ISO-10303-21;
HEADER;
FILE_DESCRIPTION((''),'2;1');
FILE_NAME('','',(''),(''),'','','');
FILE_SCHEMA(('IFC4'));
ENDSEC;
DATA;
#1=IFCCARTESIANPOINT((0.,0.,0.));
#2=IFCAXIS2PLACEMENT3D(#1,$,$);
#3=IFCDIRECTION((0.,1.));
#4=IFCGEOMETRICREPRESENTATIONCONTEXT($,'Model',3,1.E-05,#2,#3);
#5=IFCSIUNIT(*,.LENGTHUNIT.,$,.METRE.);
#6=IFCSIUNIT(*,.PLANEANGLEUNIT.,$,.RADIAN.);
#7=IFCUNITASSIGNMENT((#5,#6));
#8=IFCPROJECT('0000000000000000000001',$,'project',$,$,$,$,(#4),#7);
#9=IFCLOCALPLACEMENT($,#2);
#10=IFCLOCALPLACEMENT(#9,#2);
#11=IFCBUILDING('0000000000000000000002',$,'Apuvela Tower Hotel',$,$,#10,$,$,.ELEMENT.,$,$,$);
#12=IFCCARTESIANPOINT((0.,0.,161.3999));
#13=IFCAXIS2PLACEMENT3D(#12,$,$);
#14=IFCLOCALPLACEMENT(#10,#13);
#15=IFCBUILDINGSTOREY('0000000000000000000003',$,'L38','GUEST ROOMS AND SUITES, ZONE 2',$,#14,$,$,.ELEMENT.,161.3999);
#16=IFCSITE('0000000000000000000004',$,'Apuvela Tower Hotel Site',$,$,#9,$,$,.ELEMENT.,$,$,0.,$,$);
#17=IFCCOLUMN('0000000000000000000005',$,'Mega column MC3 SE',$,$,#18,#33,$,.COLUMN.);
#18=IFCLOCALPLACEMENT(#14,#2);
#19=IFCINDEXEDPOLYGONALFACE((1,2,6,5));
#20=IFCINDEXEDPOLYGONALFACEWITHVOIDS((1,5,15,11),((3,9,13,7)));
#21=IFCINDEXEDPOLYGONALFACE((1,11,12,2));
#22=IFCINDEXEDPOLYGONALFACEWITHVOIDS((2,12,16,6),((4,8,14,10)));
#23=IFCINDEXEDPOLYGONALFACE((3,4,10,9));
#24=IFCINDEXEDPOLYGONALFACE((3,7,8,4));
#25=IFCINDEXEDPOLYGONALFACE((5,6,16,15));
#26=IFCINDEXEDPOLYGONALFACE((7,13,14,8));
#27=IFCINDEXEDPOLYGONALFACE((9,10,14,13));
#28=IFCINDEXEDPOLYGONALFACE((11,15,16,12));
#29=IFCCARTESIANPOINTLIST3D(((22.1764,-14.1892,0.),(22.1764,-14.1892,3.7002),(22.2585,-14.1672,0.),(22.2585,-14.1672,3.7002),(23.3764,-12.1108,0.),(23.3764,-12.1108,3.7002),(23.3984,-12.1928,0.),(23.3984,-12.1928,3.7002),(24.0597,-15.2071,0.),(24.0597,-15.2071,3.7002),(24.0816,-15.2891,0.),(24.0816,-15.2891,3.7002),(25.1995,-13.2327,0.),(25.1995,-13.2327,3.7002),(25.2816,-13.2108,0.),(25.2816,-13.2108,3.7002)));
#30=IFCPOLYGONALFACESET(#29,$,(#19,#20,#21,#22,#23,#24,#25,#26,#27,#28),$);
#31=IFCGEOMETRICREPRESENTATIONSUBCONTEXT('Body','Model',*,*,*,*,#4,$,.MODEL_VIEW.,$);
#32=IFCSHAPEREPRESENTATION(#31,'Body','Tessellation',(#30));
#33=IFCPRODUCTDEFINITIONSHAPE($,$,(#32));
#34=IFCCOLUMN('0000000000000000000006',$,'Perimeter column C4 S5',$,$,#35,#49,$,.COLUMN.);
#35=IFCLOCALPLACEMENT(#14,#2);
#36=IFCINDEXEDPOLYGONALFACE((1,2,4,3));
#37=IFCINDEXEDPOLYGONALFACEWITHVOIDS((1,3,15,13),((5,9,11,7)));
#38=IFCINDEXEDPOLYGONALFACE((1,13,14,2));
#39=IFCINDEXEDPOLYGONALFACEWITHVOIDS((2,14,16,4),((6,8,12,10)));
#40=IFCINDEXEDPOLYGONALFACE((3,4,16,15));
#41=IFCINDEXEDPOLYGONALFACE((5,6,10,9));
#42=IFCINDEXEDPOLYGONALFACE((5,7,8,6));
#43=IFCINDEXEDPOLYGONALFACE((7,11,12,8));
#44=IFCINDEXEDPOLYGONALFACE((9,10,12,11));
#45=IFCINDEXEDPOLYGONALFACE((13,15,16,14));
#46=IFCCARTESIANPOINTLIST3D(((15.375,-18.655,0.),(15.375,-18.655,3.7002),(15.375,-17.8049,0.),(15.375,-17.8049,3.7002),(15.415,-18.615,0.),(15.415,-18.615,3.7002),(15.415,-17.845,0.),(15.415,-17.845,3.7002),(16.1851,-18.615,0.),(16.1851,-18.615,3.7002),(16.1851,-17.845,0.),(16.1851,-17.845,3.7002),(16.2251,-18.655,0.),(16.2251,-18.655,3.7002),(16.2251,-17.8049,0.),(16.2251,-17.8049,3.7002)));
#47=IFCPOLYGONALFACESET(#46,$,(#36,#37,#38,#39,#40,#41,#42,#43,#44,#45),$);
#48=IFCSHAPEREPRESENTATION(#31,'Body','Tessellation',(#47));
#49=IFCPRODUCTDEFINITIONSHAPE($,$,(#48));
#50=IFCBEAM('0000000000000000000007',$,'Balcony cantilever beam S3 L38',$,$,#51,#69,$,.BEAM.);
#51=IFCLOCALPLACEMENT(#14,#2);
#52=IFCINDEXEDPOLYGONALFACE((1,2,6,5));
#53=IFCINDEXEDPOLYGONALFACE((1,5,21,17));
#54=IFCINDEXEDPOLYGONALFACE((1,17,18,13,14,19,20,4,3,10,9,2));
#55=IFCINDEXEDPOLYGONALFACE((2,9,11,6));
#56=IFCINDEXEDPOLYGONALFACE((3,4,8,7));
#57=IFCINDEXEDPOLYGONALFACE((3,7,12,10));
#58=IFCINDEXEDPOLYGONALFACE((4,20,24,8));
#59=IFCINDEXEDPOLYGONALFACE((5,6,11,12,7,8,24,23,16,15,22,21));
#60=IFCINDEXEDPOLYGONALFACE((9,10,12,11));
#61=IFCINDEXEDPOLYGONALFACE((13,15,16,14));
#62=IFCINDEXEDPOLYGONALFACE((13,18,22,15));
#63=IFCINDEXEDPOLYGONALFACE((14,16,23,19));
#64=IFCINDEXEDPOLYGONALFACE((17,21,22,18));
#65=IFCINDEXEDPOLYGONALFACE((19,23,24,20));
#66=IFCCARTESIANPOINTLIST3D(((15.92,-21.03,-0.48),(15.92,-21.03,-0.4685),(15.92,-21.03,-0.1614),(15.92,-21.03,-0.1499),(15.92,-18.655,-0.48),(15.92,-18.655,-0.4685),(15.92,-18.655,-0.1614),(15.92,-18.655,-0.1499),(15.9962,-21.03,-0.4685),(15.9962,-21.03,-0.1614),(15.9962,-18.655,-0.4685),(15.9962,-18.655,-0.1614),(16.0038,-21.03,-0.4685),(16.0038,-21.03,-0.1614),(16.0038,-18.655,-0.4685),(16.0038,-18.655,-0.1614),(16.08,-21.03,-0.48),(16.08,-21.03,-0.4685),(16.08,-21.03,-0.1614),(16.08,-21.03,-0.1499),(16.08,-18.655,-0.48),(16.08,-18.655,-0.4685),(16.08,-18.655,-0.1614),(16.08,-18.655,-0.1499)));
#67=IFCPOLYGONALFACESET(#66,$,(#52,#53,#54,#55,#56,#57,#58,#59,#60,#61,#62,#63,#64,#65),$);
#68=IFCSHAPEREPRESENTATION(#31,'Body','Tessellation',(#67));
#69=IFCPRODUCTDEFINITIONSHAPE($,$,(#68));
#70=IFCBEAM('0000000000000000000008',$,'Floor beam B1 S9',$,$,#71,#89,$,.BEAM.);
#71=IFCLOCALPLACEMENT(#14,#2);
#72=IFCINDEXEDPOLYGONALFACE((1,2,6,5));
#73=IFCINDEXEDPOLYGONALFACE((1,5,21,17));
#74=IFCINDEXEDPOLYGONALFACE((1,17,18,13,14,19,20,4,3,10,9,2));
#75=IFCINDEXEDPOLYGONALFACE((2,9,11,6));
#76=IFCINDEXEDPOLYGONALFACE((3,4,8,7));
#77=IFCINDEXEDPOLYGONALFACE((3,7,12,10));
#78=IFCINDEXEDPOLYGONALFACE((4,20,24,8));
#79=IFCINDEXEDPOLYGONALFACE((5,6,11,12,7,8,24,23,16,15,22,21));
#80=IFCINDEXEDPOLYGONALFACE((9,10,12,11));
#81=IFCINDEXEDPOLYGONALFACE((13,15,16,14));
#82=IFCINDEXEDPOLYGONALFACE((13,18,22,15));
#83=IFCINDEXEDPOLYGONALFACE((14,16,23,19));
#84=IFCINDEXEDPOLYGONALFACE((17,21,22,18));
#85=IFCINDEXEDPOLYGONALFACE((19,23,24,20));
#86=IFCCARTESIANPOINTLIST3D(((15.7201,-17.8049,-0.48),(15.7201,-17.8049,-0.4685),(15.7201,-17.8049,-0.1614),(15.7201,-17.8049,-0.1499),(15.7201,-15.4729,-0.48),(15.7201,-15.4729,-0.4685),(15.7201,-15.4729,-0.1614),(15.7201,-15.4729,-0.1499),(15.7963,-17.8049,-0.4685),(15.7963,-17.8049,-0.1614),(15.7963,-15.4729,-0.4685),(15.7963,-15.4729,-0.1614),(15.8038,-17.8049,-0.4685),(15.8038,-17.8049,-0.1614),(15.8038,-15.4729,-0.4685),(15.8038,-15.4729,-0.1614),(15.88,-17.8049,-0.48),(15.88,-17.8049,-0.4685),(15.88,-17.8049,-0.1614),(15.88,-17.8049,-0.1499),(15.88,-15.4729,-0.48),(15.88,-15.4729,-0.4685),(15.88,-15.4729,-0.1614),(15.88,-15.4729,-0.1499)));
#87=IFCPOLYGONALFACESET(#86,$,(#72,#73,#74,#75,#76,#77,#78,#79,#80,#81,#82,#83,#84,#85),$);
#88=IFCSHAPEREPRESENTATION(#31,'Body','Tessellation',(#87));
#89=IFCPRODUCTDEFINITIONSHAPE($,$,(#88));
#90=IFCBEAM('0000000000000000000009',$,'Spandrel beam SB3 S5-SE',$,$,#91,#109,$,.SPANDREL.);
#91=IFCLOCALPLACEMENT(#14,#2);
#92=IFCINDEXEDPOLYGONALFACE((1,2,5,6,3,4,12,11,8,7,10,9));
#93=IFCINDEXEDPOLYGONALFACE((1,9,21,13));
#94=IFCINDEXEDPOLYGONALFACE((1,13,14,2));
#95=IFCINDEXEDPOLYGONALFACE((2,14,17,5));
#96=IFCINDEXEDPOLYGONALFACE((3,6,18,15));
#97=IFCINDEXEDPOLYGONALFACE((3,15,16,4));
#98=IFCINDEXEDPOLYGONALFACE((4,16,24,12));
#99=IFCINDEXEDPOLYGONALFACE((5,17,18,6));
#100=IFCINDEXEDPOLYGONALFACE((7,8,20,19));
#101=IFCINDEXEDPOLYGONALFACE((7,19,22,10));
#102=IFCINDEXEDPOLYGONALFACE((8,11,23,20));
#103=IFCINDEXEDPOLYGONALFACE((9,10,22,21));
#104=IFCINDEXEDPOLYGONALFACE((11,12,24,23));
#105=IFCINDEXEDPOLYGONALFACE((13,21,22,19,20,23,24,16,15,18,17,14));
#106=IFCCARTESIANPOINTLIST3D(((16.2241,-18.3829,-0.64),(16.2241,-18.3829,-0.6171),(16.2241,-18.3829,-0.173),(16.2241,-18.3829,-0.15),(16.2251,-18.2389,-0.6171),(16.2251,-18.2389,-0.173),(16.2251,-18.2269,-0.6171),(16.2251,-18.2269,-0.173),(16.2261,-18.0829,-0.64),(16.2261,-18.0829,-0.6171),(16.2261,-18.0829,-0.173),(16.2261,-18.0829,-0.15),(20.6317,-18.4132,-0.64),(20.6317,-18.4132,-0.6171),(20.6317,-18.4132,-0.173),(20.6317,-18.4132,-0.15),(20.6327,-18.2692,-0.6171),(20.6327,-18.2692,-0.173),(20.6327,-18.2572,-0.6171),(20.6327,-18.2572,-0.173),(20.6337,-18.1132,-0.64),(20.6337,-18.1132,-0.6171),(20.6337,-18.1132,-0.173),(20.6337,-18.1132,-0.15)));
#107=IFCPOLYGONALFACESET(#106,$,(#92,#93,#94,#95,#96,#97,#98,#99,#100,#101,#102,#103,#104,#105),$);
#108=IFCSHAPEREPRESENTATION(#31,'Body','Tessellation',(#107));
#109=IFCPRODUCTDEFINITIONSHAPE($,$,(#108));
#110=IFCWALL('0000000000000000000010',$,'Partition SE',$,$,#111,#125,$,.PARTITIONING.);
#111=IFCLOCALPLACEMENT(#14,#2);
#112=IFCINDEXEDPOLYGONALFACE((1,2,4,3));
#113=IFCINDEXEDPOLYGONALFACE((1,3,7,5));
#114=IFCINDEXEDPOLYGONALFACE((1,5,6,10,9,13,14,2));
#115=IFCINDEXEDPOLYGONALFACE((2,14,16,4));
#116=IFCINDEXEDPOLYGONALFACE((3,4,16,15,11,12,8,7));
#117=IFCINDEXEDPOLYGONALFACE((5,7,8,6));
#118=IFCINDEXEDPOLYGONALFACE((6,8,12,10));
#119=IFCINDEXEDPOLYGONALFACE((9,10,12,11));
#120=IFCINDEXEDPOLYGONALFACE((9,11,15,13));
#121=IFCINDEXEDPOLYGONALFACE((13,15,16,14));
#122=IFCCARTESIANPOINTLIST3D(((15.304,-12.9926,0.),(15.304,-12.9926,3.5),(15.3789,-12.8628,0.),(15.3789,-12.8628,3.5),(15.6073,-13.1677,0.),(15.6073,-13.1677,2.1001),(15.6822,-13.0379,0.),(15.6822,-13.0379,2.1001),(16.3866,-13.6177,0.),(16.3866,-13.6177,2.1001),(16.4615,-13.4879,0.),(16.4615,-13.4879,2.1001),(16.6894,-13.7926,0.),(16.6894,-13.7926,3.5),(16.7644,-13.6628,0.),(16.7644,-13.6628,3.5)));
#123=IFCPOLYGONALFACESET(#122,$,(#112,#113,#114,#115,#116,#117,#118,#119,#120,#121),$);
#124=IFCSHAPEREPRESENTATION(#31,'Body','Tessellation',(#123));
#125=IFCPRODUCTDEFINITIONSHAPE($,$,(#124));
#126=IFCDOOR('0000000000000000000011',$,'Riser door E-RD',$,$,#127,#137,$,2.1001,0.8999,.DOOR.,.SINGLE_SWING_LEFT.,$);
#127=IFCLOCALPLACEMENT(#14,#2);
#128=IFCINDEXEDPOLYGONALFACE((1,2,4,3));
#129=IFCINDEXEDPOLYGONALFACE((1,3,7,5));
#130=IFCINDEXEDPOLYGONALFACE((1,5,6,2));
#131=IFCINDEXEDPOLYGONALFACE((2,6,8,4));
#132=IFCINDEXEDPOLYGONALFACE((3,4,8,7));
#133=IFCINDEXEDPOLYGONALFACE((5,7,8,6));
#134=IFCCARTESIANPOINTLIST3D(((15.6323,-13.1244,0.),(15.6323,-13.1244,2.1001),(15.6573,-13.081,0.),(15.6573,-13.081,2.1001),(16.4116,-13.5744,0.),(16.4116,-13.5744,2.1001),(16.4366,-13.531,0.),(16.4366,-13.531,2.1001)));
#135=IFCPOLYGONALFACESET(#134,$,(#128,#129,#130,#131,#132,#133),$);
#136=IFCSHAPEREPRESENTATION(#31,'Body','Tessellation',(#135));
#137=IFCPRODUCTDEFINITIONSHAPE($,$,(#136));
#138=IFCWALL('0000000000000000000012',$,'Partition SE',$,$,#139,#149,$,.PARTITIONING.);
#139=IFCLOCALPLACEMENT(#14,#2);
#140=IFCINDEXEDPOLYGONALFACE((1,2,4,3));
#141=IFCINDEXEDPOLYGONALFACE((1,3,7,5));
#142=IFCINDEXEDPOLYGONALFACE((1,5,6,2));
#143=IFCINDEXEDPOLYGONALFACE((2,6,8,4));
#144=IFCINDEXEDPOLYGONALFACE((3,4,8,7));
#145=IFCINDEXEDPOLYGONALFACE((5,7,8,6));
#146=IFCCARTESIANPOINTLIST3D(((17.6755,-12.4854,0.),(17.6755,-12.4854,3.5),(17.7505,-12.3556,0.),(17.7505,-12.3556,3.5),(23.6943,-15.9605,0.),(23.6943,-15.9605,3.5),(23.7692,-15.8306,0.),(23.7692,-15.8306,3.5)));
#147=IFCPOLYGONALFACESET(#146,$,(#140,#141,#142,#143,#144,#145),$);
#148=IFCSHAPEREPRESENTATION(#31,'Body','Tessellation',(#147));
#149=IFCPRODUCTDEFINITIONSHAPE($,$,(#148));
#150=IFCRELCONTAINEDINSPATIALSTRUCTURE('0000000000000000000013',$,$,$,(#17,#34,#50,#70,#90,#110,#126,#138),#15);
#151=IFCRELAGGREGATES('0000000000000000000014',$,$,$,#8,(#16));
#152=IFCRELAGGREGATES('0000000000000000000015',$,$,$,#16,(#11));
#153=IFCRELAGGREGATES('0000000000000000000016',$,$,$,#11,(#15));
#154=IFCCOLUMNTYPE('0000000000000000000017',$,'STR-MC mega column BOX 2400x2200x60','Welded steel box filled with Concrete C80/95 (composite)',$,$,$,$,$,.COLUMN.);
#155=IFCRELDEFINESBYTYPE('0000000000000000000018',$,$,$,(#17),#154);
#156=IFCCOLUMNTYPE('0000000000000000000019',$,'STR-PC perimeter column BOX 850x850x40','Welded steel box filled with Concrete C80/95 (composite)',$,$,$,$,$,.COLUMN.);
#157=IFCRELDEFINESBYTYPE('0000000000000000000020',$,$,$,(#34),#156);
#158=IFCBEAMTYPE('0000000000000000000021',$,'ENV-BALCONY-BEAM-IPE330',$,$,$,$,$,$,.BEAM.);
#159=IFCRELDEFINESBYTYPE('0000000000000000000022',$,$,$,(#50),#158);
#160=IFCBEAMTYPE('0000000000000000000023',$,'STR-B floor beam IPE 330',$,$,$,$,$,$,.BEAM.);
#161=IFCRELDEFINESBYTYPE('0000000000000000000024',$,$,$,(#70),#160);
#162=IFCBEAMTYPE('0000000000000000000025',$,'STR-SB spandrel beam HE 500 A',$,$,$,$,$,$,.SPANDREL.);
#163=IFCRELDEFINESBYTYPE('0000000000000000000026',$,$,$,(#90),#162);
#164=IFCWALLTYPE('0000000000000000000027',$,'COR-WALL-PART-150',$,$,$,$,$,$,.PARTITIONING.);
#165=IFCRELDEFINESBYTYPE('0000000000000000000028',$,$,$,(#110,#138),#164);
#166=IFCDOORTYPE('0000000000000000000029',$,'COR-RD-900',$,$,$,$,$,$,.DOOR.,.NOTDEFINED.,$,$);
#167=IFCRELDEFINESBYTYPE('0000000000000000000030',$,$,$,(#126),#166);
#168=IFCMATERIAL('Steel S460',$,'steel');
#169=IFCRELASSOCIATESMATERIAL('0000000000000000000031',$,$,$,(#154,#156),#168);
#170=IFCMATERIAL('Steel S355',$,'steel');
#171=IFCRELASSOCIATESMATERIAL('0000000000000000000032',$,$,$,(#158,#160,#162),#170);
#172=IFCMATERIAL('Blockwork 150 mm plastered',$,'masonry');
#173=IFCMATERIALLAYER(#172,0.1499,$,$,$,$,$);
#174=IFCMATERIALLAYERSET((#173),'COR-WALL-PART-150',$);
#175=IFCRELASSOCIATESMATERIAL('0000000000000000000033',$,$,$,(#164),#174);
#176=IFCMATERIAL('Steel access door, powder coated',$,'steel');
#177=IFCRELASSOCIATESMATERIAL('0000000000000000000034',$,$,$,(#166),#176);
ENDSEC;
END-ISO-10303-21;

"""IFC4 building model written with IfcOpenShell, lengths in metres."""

from ifc_helpers import new_model, si_unit, direction, frame, frame_2d, origin, origin_2d, place, context, subcontext, project, spatial, rectangle, hollow_rectangle, i_section, extrude, material, layer, layer_set, material_profile, profile_set, type_object, element, fill, save


model = new_model("IFC4")

# Units and contexts
model_context = context("Model", 3, precision=1e-05, world=origin(), true_north=direction((0.0, 1.0)))
body_context = subcontext(model_context, "Body", "Model", "MODEL_VIEW")
ifc_project = project(units=[si_unit("LENGTHUNIT", "METRE"), si_unit("PLANEANGLEUNIT", "RADIAN")], contexts=[model_context])

# Site, building, storey
site_placement = place(None, origin())
site = spatial("IfcSite", under=ifc_project, at=site_placement, Name="Apuvela Tower Hotel Site", CompositionType="ELEMENT", RefElevation=0.0)
building_placement = place(site_placement, origin())
building = spatial("IfcBuilding", under=site, at=building_placement, Name="Apuvela Tower Hotel", CompositionType="ELEMENT")
storey_placement = place(building_placement, frame((0.0, 0.0, 161.3999)))
storey = spatial("IfcBuildingStorey", under=building, at=storey_placement, Name="L38", Description="GUEST ROOMS AND SUITES, ZONE 2", CompositionType="ELEMENT", Elevation=161.3999)

# Columns
ifc_material_1 = material(Name="Steel S460", Category="steel")
ifc_material_profile_1 = material_profile(ifc_material_1, hollow_rectangle(XDim=2.3999, YDim=2.2, WallThickness=0.0601, at=origin_2d()), Name="BOX 2400x2200x60")
ifc_material_2 = material(Name="Concrete C80/95", Category="concrete")
ifc_material_profile_2 = material_profile(ifc_material_2, rectangle(XDim=2.28, YDim=2.0801, at=origin_2d()), Name="Concrete C80/95 infill")
ifc_profile_set_1 = profile_set([ifc_material_profile_1, ifc_material_profile_2], Name="Steel S460")
column_type_1 = type_object("IfcColumnType", Name="STR-MC mega column BOX 2400x2200x60", Description="Welded steel box filled with Concrete C80/95 (composite)", PredefinedType="COLUMN", material=ifc_profile_set_1)
column_1_placement = place(storey_placement, frame((23.729, -13.7, 0.0), z_axis=(0.0, 0.0, 1.0), x_axis=(0.5, 0.866025, 0.0)))
element("IfcColumn", 1, at=column_1_placement, inside=storey, type_object=column_type_1, Name="Mega column MC3 SE", PredefinedType="COLUMN", context=body_context, shape_type="SweptSolid", body=[
    extrude(hollow_rectangle(XDim=2.3999, YDim=2.2, WallThickness=0.0601, at=origin_2d()), origin(), (0.0, 0.0, 1.0), 3.7002),
])
ifc_material_profile_3 = material_profile(ifc_material_1, hollow_rectangle(XDim=0.8501, YDim=0.8501, WallThickness=0.04, at=origin_2d()), Name="BOX 850x850x40")
ifc_material_profile_4 = material_profile(ifc_material_2, rectangle(XDim=0.77, YDim=0.77, at=origin_2d()), Name="Concrete C80/95 infill")
ifc_profile_set_2 = profile_set([ifc_material_profile_3, ifc_material_profile_4], Name="Steel S460")
column_type_2 = type_object("IfcColumnType", Name="STR-PC perimeter column BOX 850x850x40", Description="Welded steel box filled with Concrete C80/95 (composite)", PredefinedType="COLUMN", material=ifc_profile_set_2)
column_2_placement = place(storey_placement, frame((15.8, -18.23, 0.0), z_axis=(0.0, 0.0, 1.0), x_axis=(-1.0, 0.0, 0.0)))
element("IfcColumn", 2, at=column_2_placement, inside=storey, type_object=column_type_2, Name="Perimeter column C4 S5", PredefinedType="COLUMN", context=body_context, shape_type="SweptSolid", body=[
    extrude(hollow_rectangle(XDim=0.8501, YDim=0.8501, WallThickness=0.04, at=origin_2d()), origin(), (0.0, 0.0, 1.0), 3.7002),
])

# Beams
ifc_material_3 = material(Name="Steel S355", Category="steel")
ifc_material_profile_5 = material_profile(ifc_material_3, i_section(OverallWidth=0.1599, OverallDepth=0.3301, WebThickness=0.0076, FlangeThickness=0.0115, at=origin_2d()), Name="IPE 330")
ifc_profile_set_3 = profile_set([ifc_material_profile_5], Name="Steel S355")
beam_type_1 = type_object("IfcBeamType", Name="ENV-BALCONY-BEAM-IPE330", PredefinedType="BEAM", material=ifc_profile_set_3)
beam_1_placement = place(storey_placement, frame((16.0, -18.655, -0.3149), z_axis=(0.0, -1.0, 0.0), x_axis=(1.0, 0.0, 0.0)))
element("IfcBeam", 3, at=beam_1_placement, inside=storey, type_object=beam_type_1, Name="Balcony cantilever beam S3 L38", PredefinedType="BEAM", context=body_context, shape_type="SweptSolid", body=[
    extrude(i_section(OverallWidth=0.1599, OverallDepth=0.3301, WebThickness=0.0076, FlangeThickness=0.0115, at=origin_2d()), origin(), (0.0, 0.0, 1.0), 2.375),
])
ifc_material_profile_6 = material_profile(ifc_material_3, i_section(OverallWidth=0.1599, OverallDepth=0.3301, WebThickness=0.0076, FlangeThickness=0.0115, at=origin_2d()), Name="IPE 330")
ifc_profile_set_4 = profile_set([ifc_material_profile_6], Name="Steel S355")
beam_type_2 = type_object("IfcBeamType", Name="STR-B floor beam IPE 330", PredefinedType="BEAM", material=ifc_profile_set_4)
beam_2_placement = place(storey_placement, frame((15.8, -17.8049, -0.3149), z_axis=(0.0, 1.0, 0.0), x_axis=(-1.0, 0.0, 0.0)))
element("IfcBeam", 4, at=beam_2_placement, inside=storey, type_object=beam_type_2, Name="Floor beam B1 S9", PredefinedType="BEAM", context=body_context, shape_type="SweptSolid", body=[
    extrude(i_section(OverallWidth=0.1599, OverallDepth=0.3301, WebThickness=0.0076, FlangeThickness=0.0115, at=origin_2d()), origin(), (0.0, 0.0, 1.0), 2.332),
])
ifc_material_profile_7 = material_profile(ifc_material_3, i_section(OverallWidth=0.3, OverallDepth=0.49, WebThickness=0.012, FlangeThickness=0.0229, at=origin_2d()), Name="HE 500 A")
ifc_profile_set_5 = profile_set([ifc_material_profile_7], Name="Steel S355")
beam_type_3 = type_object("IfcBeamType", Name="STR-SB spandrel beam HE 500 A", PredefinedType="SPANDREL", material=ifc_profile_set_5)
beam_3_placement = place(storey_placement, frame((16.2251, -18.2329, -0.395), z_axis=(0.999976, -0.006868, 0.0), x_axis=(0.006868, 0.999976, 0.0)))
element("IfcBeam", 5, at=beam_3_placement, inside=storey, type_object=beam_type_3, Name="Spandrel beam SB3 S5-SE", PredefinedType="SPANDREL", context=body_context, shape_type="SweptSolid", body=[
    extrude(i_section(OverallWidth=0.3, OverallDepth=0.49, WebThickness=0.012, FlangeThickness=0.0229, at=origin_2d()), origin(), (0.0, 0.0, 1.0), 4.4077),
])

# Wall, opening, door
ifc_material_4 = material(Name="Blockwork 150 mm plastered", Category="masonry")
ifc_layer_1 = layer(ifc_material_4, 0.1499)
ifc_layer_set_1 = layer_set([ifc_layer_1], Name="COR-WALL-PART-150")
wall_type_1 = type_object("IfcWallType", Name="COR-WALL-PART-150", PredefinedType="PARTITIONING", material=ifc_layer_set_1)
wall_1_placement = place(storey_placement, frame((15.3416, -12.9277, 0.0), z_axis=(0.0, 0.0, 1.0), x_axis=(0.86599, -0.500061, 0.0)))
wall_1 = element("IfcWall", 6, at=wall_1_placement, inside=storey, type_object=wall_type_1, Name="Partition SE", PredefinedType="PARTITIONING", context=body_context, shape_type="SweptSolid", body=[
    extrude(rectangle(XDim=1.5999, YDim=0.1499, at=frame_2d((0.7998, 0.0))), origin(), (0.0, 0.0, 1.0), 3.5),
])
opening_1_placement = place(wall_1_placement, frame((0.3501, 0.0, 0.0)))
opening_1 = element("IfcOpeningElement", 7, at=opening_1_placement, cuts=wall_1, PredefinedType="OPENING", context=body_context, shape_type="SweptSolid", body=[
    extrude(rectangle(XDim=0.8999, YDim=2.1001, at=frame_2d((0.45, 1.05))), frame((0.0, 0.085, 0.0), z_axis=(0.0, -1.0, 0.0), x_axis=(1.0, 0.0, 0.0)), (0.0, 0.0, 1.0), 0.1699),
])
ifc_material_5 = material(Name="Steel access door, powder coated", Category="steel")
door_type_1 = type_object("IfcDoorType", Name="COR-RD-900", OperationType="NOTDEFINED", PredefinedType="DOOR", material=ifc_material_5)
door_1_placement = place(opening_1_placement, frame((0.8999, 0.0, 0.0), z_axis=(0.0, 0.0, 1.0), x_axis=(-1.0, 0.0, 0.0)))
door_1 = element("IfcDoor", 8, at=door_1_placement, inside=storey, type_object=door_type_1, Name="Riser door E-RD", OperationType="SINGLE_SWING_LEFT", OverallHeight=2.1001, OverallWidth=0.8999, PredefinedType="DOOR", context=body_context, shape_type="SweptSolid", body=[
    extrude(rectangle(XDim=0.8999, YDim=2.1001, at=frame_2d((0.45, 1.05))), frame((0.0, 0.0249, 0.0), z_axis=(0.0, -1.0, 0.0), x_axis=(1.0, 0.0, 0.0)), (0.0, 0.0, 1.0), 0.05),
])
fill(opening_1, door_1)

# Wall
wall_2_placement = place(storey_placement, frame((17.7129, -12.4204, 0.0), z_axis=(0.0, 0.0, 1.0), x_axis=(0.866017, -0.500015, 0.0)))
element("IfcWall", 9, at=wall_2_placement, inside=storey, type_object=wall_type_1, Name="Partition SE", PredefinedType="PARTITIONING", context=body_context, shape_type="SweptSolid", body=[
    extrude(rectangle(XDim=6.95, YDim=0.1499, at=frame_2d((3.4751, 0.0))), origin(), (0.0, 0.0, 1.0), 3.5),
])

save(model, "model.ifc")
